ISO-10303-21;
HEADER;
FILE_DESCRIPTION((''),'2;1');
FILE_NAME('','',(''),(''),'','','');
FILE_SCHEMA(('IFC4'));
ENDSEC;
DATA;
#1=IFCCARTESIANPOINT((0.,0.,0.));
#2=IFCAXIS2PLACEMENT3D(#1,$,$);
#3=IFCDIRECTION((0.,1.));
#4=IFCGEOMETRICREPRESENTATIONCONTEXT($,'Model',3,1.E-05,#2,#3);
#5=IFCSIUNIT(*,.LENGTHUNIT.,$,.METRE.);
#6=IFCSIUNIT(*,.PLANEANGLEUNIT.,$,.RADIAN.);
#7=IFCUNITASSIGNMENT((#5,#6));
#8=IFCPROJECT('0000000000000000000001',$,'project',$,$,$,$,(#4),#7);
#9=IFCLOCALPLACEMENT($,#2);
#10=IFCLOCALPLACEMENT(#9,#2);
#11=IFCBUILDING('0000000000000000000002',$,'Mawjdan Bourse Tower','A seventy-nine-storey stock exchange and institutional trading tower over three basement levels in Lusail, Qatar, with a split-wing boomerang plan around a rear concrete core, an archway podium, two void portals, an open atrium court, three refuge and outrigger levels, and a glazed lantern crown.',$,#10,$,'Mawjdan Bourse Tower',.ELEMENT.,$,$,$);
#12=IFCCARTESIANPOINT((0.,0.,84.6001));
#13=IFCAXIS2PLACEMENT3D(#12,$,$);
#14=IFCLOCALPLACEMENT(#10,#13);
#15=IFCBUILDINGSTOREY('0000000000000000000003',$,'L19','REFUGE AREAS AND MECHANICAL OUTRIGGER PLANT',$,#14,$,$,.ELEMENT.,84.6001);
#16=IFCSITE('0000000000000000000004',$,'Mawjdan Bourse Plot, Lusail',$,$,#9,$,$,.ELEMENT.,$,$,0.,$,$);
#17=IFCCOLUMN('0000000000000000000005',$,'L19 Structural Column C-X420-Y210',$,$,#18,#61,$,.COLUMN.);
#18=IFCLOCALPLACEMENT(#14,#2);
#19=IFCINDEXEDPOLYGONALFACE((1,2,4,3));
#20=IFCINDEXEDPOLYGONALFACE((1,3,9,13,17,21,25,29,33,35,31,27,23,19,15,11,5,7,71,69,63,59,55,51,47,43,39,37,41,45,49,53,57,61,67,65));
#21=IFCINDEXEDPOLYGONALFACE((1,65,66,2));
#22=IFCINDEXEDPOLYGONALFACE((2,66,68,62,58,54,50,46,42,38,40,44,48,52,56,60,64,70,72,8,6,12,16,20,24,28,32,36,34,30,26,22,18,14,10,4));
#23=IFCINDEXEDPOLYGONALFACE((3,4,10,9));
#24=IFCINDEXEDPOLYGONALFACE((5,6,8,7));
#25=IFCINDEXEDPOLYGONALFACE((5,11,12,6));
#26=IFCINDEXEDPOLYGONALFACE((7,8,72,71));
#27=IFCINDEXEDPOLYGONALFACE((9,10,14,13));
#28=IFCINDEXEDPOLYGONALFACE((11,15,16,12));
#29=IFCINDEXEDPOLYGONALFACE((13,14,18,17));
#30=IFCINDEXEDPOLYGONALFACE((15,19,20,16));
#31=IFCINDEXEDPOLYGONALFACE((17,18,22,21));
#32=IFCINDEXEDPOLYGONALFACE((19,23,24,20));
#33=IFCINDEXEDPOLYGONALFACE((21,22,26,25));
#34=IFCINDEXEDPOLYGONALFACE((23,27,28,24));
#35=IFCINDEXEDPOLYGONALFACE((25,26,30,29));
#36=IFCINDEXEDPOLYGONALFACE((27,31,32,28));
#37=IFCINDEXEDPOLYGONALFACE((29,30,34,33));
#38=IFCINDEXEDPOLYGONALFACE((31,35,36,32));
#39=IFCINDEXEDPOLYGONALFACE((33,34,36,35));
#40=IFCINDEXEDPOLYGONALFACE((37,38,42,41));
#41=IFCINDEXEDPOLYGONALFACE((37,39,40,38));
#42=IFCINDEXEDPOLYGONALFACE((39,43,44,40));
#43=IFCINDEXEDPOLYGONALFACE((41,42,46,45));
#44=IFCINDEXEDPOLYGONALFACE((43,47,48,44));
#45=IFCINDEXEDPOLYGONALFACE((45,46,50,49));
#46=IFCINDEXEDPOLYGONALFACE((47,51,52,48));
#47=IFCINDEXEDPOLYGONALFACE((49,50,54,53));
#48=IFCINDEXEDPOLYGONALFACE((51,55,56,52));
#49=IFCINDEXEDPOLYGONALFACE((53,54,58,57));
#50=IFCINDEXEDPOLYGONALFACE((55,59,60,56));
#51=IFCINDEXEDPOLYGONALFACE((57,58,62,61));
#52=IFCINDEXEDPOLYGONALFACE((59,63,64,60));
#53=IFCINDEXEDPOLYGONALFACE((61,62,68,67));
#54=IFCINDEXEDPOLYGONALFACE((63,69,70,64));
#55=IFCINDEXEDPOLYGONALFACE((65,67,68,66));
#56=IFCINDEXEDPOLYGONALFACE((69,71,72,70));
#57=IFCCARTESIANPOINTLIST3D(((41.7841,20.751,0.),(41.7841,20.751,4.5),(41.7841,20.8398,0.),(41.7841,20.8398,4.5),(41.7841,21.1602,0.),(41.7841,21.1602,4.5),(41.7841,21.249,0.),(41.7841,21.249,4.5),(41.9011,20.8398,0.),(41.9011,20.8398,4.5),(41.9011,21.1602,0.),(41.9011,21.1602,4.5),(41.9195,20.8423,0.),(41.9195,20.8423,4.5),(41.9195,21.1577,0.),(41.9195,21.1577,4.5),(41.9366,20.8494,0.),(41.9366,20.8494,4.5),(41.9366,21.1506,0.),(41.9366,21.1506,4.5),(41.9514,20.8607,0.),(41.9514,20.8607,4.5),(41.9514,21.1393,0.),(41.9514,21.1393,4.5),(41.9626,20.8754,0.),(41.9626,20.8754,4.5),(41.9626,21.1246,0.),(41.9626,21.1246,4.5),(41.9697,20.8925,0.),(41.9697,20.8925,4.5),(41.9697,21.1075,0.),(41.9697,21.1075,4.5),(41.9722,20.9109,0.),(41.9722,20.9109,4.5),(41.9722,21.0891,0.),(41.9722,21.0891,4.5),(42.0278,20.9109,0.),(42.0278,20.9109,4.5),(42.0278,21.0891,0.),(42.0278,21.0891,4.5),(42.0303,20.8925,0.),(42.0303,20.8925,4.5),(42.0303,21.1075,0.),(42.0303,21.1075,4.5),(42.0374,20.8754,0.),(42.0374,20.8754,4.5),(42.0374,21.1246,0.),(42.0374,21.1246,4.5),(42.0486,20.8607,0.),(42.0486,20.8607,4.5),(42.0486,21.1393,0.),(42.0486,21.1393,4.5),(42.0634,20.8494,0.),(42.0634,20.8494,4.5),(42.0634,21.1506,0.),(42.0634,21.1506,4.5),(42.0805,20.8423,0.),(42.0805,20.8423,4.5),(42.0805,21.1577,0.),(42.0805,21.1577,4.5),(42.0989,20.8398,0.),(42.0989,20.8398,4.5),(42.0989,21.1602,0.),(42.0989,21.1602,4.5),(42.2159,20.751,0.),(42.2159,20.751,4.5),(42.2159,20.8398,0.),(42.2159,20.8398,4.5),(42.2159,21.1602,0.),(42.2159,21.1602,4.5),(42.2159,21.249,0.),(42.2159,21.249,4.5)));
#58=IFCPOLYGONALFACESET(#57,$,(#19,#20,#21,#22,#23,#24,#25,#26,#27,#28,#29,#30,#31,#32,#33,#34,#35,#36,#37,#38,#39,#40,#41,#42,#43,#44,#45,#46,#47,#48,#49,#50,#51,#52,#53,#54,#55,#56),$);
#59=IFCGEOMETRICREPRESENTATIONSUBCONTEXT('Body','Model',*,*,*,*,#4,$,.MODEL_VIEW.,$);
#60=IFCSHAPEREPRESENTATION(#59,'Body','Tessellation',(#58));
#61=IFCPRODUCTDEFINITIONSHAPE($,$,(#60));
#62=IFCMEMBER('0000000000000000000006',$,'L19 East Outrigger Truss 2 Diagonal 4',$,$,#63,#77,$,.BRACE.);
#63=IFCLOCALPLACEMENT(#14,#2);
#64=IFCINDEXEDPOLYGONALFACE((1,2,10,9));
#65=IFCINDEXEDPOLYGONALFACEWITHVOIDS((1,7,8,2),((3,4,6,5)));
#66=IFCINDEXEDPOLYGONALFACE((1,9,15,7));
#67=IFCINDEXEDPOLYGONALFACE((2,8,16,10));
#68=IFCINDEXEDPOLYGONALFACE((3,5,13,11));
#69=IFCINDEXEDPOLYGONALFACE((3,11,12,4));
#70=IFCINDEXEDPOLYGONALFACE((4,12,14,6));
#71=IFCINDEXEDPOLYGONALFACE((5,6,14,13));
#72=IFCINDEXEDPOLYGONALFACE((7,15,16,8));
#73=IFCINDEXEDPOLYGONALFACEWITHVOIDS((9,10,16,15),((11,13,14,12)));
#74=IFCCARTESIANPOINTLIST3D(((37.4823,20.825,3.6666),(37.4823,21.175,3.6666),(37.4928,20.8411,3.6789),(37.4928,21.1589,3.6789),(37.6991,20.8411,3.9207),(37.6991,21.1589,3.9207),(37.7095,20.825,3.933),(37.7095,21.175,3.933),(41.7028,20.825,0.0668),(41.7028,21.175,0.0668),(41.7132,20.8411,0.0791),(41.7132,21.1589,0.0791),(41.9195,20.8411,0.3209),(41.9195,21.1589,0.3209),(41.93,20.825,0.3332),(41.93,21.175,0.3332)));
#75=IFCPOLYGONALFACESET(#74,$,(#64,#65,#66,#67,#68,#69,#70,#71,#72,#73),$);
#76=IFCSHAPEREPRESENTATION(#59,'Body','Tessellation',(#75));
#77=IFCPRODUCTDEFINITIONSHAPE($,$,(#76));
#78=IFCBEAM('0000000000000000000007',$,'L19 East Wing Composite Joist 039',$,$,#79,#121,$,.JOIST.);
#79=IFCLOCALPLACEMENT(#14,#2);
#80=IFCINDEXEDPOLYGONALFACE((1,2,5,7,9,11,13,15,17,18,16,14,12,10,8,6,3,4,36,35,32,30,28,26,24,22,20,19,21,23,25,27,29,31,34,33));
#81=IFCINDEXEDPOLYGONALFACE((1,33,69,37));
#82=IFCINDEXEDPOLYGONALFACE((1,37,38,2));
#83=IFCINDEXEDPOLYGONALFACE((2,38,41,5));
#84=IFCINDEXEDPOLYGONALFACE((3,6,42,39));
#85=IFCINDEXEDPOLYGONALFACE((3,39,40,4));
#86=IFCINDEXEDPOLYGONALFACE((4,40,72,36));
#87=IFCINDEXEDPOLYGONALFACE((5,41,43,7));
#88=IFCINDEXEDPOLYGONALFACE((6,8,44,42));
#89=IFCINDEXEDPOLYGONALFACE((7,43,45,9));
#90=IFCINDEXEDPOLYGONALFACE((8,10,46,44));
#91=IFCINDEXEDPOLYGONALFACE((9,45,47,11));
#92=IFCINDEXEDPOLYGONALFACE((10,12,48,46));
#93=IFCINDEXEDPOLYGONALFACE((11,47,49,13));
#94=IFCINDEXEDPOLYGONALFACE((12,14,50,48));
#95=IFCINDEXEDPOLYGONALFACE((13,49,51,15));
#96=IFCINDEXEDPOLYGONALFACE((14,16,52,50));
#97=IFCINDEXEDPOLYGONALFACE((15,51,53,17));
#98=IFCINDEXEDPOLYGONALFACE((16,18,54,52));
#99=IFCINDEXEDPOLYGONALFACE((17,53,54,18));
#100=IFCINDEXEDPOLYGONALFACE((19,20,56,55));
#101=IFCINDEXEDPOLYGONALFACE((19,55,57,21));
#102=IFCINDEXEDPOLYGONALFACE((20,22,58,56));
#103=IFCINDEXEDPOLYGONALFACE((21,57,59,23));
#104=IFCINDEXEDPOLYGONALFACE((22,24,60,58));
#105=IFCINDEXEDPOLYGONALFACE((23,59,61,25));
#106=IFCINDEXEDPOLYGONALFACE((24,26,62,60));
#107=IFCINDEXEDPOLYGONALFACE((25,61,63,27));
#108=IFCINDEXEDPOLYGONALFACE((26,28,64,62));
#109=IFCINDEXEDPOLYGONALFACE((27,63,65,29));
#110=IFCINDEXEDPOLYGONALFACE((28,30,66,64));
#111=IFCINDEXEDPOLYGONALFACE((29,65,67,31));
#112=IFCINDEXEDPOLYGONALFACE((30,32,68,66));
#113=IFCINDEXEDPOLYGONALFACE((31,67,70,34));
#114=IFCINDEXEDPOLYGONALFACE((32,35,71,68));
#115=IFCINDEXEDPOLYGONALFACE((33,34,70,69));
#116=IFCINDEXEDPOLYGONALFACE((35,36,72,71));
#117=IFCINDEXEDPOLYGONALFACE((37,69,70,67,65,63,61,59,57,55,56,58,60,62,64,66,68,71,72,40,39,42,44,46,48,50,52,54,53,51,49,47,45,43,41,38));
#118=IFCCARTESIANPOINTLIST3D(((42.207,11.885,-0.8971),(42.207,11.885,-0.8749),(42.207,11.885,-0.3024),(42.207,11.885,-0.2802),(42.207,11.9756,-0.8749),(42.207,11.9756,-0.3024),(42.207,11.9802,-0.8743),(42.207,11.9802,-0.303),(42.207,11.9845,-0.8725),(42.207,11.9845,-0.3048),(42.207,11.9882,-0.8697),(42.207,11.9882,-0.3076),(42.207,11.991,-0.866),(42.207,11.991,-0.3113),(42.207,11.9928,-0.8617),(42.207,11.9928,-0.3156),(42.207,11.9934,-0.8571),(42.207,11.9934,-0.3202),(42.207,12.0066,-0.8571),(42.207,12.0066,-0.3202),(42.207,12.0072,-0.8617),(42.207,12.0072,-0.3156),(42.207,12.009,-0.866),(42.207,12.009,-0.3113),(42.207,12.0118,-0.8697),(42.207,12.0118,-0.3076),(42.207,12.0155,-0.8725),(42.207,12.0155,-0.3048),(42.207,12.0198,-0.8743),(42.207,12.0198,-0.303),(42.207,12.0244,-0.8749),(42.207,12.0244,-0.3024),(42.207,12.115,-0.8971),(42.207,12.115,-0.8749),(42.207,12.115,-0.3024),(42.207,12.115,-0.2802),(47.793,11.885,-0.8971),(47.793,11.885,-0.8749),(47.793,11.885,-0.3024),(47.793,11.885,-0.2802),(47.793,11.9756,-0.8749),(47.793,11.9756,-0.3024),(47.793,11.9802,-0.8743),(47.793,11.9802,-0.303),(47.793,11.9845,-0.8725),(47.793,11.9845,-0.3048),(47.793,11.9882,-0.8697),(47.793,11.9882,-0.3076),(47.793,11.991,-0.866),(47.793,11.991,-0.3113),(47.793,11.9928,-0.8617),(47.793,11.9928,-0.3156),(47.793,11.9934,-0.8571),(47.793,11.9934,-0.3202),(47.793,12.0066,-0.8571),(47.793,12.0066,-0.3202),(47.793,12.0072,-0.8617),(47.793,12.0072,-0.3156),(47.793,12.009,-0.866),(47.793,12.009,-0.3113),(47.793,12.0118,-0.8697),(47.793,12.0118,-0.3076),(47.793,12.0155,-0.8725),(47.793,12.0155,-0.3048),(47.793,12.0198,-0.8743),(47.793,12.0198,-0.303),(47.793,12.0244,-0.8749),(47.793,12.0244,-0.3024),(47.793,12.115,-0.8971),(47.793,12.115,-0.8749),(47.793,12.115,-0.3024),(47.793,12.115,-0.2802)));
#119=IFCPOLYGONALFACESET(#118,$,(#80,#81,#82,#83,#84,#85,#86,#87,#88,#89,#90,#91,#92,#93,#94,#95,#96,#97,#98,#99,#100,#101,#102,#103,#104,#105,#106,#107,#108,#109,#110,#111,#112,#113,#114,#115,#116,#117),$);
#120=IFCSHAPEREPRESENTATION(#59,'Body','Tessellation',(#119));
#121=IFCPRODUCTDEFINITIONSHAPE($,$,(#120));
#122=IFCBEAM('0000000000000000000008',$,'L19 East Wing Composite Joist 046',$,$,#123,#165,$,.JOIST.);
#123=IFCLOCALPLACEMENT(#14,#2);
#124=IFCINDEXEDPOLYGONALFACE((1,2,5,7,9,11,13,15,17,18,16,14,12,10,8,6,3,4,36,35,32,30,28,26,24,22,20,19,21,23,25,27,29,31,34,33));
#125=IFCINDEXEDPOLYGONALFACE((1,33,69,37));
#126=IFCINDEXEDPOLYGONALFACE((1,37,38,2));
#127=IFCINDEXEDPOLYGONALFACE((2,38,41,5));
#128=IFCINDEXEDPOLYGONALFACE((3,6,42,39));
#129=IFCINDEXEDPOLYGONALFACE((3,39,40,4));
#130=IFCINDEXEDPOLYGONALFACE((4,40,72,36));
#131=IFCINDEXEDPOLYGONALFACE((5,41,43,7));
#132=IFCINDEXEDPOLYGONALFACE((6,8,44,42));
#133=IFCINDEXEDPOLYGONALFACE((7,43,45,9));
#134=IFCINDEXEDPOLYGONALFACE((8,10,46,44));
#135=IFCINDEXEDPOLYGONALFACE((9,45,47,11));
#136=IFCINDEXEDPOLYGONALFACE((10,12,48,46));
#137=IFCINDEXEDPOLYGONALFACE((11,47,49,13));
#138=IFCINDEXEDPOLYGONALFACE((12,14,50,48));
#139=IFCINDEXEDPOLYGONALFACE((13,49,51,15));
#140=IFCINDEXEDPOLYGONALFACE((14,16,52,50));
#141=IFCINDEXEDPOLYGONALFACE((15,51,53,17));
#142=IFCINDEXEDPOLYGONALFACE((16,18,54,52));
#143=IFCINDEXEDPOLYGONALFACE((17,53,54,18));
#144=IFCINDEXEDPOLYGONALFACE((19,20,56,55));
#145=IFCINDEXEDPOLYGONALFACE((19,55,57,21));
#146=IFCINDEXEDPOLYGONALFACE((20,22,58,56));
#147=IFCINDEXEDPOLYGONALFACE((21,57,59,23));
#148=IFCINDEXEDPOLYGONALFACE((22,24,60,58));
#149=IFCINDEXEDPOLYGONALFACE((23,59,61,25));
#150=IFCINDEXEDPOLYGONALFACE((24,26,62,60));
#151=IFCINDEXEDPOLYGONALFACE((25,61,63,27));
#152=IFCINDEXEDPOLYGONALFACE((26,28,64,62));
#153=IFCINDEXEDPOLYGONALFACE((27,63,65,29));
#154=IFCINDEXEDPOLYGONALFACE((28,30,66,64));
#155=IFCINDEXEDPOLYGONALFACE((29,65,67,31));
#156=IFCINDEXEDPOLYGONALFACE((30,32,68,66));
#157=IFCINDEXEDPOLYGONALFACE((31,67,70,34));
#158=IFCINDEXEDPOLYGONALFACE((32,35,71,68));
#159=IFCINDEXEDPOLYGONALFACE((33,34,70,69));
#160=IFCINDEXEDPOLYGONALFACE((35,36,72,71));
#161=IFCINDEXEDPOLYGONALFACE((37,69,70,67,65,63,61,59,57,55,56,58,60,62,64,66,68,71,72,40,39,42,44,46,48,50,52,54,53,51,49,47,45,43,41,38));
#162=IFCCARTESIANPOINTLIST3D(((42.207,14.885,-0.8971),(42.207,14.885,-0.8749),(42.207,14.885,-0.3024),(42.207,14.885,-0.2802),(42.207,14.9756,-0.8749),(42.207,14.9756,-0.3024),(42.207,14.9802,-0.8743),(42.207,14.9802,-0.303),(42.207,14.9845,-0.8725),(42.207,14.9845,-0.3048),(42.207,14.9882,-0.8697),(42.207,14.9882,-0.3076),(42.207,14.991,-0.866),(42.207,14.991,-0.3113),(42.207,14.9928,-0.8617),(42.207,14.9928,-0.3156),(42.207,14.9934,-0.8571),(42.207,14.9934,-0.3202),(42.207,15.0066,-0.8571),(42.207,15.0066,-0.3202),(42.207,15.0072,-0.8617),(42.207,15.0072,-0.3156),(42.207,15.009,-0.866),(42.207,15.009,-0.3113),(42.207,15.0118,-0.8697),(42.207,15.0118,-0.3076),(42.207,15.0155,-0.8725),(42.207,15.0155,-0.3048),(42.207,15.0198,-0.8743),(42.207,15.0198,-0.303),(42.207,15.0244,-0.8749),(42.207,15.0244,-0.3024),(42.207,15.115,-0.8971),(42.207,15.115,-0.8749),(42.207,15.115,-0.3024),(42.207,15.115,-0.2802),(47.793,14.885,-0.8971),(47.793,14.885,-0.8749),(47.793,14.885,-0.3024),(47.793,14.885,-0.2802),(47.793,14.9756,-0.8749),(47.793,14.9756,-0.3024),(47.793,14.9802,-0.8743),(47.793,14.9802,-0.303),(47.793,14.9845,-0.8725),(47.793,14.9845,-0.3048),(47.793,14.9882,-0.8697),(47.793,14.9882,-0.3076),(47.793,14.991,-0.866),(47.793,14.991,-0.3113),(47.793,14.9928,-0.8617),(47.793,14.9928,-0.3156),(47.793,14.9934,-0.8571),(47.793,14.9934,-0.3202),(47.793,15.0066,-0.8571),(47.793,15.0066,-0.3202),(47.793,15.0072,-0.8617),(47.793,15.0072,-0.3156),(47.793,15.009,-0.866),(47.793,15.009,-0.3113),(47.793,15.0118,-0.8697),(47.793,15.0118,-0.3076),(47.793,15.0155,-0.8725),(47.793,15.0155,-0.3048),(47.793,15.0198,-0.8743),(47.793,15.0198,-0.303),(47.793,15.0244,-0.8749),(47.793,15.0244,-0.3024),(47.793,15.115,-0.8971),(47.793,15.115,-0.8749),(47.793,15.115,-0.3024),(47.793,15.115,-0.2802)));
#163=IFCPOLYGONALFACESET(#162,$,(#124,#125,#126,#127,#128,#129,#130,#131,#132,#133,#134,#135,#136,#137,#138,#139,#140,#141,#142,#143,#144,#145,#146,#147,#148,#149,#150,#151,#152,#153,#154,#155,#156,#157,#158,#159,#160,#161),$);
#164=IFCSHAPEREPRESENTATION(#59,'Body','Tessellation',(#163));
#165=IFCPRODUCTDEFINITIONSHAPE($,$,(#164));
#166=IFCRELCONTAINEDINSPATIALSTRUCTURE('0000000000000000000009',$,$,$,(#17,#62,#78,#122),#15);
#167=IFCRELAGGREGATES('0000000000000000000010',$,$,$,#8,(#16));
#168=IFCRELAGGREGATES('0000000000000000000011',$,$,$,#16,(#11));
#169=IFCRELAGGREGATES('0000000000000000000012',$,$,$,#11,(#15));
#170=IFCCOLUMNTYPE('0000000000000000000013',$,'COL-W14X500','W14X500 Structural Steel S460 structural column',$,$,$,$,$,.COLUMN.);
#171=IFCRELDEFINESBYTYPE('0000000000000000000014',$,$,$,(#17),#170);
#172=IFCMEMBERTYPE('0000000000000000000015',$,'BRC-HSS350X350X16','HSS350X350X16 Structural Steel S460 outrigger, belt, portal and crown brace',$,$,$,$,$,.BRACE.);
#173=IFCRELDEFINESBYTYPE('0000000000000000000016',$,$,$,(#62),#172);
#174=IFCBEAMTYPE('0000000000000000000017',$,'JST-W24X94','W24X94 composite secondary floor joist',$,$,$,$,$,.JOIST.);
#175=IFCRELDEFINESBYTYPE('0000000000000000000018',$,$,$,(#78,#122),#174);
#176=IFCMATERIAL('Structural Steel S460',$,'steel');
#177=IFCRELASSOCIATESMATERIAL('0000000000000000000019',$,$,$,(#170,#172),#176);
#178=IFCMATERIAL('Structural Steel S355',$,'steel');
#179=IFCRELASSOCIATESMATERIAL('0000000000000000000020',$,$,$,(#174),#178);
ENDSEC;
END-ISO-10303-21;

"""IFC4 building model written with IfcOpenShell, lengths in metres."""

from ifc_helpers import new_model, si_unit, direction, frame, origin, origin_2d, place, context, subcontext, project, spatial, hollow_rectangle, i_section, extrude, material, material_profile, profile_set, type_object, element, save


model = new_model("IFC4")

# Units and contexts
model_context = context("Model", 3, precision=1e-05, world=origin(), true_north=direction((0.0, 1.0)))
body_context = subcontext(model_context, "Body", "Model", "MODEL_VIEW")
ifc_project = project(units=[si_unit("LENGTHUNIT", "METRE"), si_unit("PLANEANGLEUNIT", "RADIAN")], contexts=[model_context])

# Site, building, storey
site_placement = place(None, origin())
site = spatial("IfcSite", under=ifc_project, at=site_placement, Name="Mawjdan Bourse Plot, Lusail", CompositionType="ELEMENT", RefElevation=0.0)
building_placement = place(site_placement, origin())
building = spatial("IfcBuilding", under=site, at=building_placement, Name="Mawjdan Bourse Tower", Description="A seventy-nine-storey stock exchange and institutional trading tower over three basement levels in Lusail, Qatar, with a split-wing boomerang plan around a rear concrete core, an archway podium, two void portals, an open atrium court, three refuge and outrigger levels, and a glazed lantern crown.", LongName="Mawjdan Bourse Tower", CompositionType="ELEMENT")
storey_placement = place(building_placement, frame((0.0, 0.0, 84.6001)))
storey = spatial("IfcBuildingStorey", under=building, at=storey_placement, Name="L19", Description="REFUGE AREAS AND MECHANICAL OUTRIGGER PLANT", CompositionType="ELEMENT", Elevation=84.6001)

# Column
ifc_material_1 = material(Name="Structural Steel S460", Category="steel")
ifc_material_profile_1 = material_profile(ifc_material_1, i_section(OverallWidth=0.4319, OverallDepth=0.498, WebThickness=0.0557, FlangeThickness=0.0889, FilletRadius=0.071, at=origin_2d()), Name="W14X500")
ifc_profile_set_1 = profile_set([ifc_material_profile_1], Name="Structural Steel S460")
column_type = type_object("IfcColumnType", Name="COL-W14X500", Description="W14X500 Structural Steel S460 structural column", PredefinedType="COLUMN", material=ifc_profile_set_1)
column_placement = place(storey_placement, frame((42.0, 21.0, 0.0), z_axis=(0.0, 0.0, 1.0), x_axis=(1.0, 0.0, 0.0)))
element("IfcColumn", 1, at=column_placement, inside=storey, type_object=column_type, Name="L19 Structural Column C-X420-Y210", PredefinedType="COLUMN", context=body_context, shape_type="SweptSolid", body=[
    extrude(i_section(OverallWidth=0.4319, OverallDepth=0.498, WebThickness=0.0557, FlangeThickness=0.0889, FilletRadius=0.071, at=origin_2d()), origin(), (0.0, 0.0, 1.0), 4.5),
])

# Member
ifc_material_profile_2 = material_profile(ifc_material_1, hollow_rectangle(XDim=0.3501, YDim=0.3501, WallThickness=0.0161, at=origin_2d()), Name="HSS350X350X16")
ifc_profile_set_2 = profile_set([ifc_material_profile_2], Name="Structural Steel S460")
member_type_1 = type_object("IfcMemberType", Name="BRC-HSS350X350X16", Description="HSS350X350X16 Structural Steel S460 outrigger, belt, portal and crown brace", PredefinedType="BRACE", material=ifc_profile_set_2)
member_1_placement = place(storey_placement, frame((37.5959, 21.0, 3.7998), z_axis=(0.760829, 0.0, -0.648952), x_axis=(0.0, 1.0, 0.0)))
element("IfcMember", 2, at=member_1_placement, inside=storey, type_object=member_type_1, Name="L19 East Outrigger Truss 2 Diagonal 4", PredefinedType="BRACE", context=body_context, shape_type="SweptSolid", body=[
    extrude(hollow_rectangle(XDim=0.3501, YDim=0.3501, WallThickness=0.0161, at=origin_2d()), origin(), (0.0, 0.0, 1.0), 5.5471),
])

# Beams
ifc_material_2 = material(Name="Structural Steel S355", Category="steel")
ifc_material_profile_3 = material_profile(ifc_material_2, i_section(OverallWidth=0.23, OverallDepth=0.6169, WebThickness=0.0132, FlangeThickness=0.0222, FilletRadius=0.0178, at=origin_2d()), Name="W24X94")
ifc_profile_set_3 = profile_set([ifc_material_profile_3], Name="Structural Steel S355")
beam_type_1 = type_object("IfcBeamType", Name="JST-W24X94", Description="W24X94 composite secondary floor joist", PredefinedType="JOIST", material=ifc_profile_set_3)
for number, where, z_axis, x_axis, name in (
    (3, (42.207, 12.0, -0.5886), (1.0, 0.0, 0.0), (0.0, 1.0, 0.0), "L19 East Wing Composite Joist 039"),
    (4, (42.207, 15.0, -0.5886), (1.0, 0.0, 0.0), (0.0, 1.0, 0.0), "L19 East Wing Composite Joist 046"),
):
    element("IfcBeam", number, at=place(storey_placement, frame(where, z_axis=z_axis, x_axis=x_axis)), inside=storey, type_object=beam_type_1, Name=name, PredefinedType="JOIST", context=body_context, shape_type="SweptSolid", body=[
        extrude(i_section(OverallWidth=0.23, OverallDepth=0.6169, WebThickness=0.0132, FlangeThickness=0.0222, FilletRadius=0.0178, at=origin_2d()), origin(), (0.0, 0.0, 1.0), 5.5859),
    ])

save(model, "model.ifc")
